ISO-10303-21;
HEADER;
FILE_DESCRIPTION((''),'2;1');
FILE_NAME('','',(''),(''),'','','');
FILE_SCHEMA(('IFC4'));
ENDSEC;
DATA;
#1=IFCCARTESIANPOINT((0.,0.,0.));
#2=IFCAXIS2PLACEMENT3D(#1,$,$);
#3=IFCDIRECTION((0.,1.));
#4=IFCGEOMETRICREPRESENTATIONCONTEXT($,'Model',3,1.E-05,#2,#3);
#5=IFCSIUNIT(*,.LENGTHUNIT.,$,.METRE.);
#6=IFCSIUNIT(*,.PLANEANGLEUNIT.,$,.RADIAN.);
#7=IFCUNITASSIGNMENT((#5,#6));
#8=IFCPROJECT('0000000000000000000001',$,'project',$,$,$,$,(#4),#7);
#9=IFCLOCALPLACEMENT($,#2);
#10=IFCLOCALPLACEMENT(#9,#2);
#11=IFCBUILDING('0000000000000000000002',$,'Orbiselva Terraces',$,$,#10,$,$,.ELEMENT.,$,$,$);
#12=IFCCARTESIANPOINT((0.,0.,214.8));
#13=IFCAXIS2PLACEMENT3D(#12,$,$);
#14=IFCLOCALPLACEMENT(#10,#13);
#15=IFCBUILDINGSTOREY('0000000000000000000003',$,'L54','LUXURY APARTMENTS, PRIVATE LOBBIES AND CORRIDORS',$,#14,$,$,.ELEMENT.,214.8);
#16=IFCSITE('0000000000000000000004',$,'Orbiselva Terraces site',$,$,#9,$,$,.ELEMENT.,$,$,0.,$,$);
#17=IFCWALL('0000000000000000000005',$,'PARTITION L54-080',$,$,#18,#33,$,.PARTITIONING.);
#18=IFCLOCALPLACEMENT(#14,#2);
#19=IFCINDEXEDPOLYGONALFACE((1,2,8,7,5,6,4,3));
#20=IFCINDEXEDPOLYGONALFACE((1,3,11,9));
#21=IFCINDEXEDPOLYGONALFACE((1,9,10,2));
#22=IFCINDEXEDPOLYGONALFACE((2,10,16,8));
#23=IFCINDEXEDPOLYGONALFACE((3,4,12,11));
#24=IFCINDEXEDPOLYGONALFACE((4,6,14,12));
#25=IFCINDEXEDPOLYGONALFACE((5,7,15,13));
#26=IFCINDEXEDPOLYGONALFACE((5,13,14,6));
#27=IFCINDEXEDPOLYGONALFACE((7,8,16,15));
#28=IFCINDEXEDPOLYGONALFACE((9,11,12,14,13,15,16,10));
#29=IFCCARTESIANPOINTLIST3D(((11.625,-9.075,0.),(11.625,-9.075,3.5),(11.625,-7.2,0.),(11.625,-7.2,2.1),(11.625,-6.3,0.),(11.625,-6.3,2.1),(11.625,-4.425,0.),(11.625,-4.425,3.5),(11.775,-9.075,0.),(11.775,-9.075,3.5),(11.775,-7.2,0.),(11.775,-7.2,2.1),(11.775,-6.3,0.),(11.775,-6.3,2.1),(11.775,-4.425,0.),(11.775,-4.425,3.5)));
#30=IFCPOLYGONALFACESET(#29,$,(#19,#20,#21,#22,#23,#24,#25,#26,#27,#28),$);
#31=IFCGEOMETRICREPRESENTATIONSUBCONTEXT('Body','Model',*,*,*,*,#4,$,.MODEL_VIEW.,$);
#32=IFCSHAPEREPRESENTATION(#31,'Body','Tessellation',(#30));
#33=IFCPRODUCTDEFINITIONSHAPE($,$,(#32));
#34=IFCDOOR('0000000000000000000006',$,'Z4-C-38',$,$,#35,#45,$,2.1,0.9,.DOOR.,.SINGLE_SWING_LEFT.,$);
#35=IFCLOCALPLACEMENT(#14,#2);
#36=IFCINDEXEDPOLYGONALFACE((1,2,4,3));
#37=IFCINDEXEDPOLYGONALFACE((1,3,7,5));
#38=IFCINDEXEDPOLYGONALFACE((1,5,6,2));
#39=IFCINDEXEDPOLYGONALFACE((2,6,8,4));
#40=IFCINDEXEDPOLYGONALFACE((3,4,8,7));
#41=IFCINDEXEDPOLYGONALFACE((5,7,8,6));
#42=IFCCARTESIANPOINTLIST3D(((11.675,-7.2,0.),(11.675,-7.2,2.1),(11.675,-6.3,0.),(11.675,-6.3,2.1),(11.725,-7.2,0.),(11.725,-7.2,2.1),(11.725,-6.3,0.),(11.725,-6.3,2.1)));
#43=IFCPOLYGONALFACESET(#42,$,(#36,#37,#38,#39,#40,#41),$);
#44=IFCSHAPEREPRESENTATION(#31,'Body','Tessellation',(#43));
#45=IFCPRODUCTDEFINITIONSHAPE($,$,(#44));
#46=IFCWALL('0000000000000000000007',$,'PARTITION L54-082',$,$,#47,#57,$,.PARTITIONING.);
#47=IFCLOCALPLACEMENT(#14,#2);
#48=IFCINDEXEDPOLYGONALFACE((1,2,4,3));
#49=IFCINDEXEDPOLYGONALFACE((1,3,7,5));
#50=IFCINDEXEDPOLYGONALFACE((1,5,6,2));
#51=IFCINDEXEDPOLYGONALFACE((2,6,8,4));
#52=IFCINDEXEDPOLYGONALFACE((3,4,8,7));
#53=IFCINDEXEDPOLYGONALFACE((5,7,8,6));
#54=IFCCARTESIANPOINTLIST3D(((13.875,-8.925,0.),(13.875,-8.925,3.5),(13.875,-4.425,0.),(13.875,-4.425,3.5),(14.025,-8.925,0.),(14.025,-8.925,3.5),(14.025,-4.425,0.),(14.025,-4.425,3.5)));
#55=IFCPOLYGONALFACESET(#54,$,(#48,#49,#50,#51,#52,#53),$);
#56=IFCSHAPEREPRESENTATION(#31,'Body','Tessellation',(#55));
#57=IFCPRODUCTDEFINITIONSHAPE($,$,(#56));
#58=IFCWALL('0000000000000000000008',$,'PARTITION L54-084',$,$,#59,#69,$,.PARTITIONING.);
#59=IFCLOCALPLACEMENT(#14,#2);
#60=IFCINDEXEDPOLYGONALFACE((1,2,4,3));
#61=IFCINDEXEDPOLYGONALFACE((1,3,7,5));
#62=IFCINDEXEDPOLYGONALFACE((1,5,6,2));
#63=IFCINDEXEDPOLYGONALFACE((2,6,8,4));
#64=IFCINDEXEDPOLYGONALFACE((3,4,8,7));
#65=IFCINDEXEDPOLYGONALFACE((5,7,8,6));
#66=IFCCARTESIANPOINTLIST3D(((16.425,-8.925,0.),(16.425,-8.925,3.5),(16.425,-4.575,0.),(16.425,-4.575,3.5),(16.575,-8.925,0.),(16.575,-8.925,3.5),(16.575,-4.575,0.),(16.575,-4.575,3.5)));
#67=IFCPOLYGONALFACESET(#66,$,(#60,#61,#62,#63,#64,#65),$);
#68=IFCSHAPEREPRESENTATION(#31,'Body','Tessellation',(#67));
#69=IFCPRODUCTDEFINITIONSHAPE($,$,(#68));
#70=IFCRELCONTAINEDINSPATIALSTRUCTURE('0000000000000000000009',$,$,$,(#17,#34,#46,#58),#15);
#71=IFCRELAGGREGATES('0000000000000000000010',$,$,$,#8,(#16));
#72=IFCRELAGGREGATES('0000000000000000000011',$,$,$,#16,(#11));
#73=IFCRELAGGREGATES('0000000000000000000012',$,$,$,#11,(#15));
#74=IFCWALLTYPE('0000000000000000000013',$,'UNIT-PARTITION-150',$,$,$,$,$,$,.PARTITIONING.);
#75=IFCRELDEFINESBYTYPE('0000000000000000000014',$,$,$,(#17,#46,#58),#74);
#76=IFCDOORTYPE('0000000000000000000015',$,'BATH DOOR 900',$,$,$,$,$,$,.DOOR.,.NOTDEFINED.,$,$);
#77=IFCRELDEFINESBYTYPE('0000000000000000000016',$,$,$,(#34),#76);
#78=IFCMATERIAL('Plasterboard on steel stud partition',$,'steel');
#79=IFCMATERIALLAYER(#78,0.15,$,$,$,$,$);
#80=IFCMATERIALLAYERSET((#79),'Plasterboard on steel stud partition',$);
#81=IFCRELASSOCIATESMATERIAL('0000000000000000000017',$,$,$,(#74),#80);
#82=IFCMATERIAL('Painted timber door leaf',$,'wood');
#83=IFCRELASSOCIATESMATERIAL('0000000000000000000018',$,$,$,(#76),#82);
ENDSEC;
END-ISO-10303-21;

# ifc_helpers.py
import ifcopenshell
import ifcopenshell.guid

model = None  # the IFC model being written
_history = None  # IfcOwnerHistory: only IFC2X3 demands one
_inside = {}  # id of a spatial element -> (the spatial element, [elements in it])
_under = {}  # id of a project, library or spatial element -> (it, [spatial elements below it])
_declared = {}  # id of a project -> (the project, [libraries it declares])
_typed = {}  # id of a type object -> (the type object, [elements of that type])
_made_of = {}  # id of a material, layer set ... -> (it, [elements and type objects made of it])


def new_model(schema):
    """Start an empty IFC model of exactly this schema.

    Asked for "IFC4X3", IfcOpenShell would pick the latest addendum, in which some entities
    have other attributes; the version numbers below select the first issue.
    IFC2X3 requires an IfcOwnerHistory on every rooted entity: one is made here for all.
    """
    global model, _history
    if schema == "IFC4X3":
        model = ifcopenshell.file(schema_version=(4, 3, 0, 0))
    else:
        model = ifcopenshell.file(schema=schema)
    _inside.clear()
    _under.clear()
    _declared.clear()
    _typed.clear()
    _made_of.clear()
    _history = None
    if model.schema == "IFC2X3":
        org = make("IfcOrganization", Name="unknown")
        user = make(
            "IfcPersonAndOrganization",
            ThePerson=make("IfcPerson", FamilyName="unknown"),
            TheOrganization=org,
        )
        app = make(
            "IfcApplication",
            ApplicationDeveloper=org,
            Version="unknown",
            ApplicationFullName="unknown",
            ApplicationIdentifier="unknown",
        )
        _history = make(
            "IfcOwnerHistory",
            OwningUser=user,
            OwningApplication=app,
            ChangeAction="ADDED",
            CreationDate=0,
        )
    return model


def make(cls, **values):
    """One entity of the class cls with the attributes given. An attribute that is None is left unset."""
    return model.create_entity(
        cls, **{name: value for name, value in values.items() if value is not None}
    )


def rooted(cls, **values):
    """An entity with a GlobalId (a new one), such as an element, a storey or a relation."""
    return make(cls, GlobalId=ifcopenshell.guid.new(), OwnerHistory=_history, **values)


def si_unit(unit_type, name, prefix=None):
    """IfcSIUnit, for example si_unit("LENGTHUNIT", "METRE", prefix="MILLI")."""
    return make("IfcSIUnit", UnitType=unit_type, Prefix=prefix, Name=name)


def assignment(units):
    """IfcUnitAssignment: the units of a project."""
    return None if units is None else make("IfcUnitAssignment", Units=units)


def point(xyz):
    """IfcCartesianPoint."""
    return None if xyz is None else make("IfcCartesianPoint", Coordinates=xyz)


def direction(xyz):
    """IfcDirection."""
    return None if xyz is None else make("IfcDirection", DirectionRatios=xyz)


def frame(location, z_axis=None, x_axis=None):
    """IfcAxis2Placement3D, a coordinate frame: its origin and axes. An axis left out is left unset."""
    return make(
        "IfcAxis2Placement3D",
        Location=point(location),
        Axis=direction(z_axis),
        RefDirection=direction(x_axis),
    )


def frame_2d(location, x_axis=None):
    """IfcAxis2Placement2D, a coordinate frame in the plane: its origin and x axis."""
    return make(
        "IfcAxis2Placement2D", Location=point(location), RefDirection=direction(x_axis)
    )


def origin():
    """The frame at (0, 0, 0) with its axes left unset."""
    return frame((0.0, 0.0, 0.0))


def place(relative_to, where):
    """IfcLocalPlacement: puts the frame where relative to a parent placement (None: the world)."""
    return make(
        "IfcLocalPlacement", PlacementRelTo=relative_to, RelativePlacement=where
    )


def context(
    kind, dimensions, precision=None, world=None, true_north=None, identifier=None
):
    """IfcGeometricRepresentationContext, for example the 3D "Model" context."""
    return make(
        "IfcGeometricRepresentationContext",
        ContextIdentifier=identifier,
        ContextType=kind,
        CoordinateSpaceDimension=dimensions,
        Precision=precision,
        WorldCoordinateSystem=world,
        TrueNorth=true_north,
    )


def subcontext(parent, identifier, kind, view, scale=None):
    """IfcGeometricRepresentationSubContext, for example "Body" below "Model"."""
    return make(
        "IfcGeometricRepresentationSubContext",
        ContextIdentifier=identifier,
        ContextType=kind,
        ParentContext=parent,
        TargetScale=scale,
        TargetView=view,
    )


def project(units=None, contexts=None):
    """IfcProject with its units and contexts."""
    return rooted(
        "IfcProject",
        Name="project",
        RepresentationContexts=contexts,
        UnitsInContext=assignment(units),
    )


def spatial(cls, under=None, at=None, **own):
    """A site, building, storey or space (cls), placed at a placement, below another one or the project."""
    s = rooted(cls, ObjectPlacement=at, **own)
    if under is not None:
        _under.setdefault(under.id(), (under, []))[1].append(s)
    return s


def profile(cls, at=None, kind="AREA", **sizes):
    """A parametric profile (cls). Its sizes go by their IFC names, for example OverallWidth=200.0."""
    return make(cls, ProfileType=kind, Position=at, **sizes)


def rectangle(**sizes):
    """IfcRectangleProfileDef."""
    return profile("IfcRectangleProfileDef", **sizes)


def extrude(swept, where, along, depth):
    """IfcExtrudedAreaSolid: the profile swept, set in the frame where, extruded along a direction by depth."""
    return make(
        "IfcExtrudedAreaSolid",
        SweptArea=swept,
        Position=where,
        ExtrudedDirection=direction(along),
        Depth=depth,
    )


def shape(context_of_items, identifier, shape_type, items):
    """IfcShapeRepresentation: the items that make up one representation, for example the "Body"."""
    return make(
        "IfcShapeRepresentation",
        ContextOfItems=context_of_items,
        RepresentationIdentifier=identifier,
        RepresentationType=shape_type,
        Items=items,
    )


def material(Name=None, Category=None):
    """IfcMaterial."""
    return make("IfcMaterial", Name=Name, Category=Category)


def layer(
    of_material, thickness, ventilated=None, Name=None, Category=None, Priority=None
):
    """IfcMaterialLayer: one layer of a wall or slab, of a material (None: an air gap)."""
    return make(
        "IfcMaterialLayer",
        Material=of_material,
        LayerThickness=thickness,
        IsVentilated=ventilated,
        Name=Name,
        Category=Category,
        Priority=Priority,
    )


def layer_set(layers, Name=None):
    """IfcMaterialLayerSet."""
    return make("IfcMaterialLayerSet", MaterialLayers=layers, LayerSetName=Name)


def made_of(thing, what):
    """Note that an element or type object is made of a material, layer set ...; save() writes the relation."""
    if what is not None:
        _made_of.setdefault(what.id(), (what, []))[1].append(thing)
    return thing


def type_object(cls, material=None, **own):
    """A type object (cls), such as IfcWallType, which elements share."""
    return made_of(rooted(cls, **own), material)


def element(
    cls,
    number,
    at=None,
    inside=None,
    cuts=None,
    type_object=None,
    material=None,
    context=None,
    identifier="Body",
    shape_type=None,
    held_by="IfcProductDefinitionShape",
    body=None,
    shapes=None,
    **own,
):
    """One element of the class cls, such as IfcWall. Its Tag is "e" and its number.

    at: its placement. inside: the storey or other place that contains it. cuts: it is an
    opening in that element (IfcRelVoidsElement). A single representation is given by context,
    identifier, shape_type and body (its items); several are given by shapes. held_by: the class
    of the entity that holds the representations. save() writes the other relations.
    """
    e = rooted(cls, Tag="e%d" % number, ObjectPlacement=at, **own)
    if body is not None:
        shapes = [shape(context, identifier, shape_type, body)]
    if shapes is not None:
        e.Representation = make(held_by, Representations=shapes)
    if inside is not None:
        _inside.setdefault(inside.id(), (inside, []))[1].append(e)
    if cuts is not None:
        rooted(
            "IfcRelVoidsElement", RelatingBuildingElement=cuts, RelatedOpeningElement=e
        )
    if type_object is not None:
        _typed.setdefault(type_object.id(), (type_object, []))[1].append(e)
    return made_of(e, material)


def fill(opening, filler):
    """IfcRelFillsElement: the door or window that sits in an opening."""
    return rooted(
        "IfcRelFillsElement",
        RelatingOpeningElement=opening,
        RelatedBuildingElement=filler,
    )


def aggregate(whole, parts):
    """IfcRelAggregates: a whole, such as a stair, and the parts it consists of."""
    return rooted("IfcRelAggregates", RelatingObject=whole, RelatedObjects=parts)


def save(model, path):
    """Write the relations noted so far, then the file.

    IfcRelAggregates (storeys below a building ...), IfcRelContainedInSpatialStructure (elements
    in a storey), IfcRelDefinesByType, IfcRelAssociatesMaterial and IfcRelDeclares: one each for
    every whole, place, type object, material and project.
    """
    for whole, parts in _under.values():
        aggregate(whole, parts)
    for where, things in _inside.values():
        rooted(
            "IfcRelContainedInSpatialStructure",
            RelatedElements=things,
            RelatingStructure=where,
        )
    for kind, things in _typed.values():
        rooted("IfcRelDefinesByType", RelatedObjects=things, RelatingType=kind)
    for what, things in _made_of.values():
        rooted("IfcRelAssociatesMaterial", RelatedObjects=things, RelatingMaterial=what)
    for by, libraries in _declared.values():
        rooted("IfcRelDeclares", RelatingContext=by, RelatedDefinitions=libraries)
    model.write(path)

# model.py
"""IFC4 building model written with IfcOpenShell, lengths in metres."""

from ifc_helpers import new_model, si_unit, direction, frame, frame_2d, origin, place, context, subcontext, project, spatial, rectangle, extrude, material, layer, layer_set, type_object, element, fill, save


model = new_model("IFC4")

# Units and contexts
model_context = context("Model", 3, precision=1e-05, world=origin(), true_north=direction((0.0, 1.0)))
body_context = subcontext(model_context, "Body", "Model", "MODEL_VIEW")
ifc_project = project(units=[si_unit("LENGTHUNIT", "METRE"), si_unit("PLANEANGLEUNIT", "RADIAN")], contexts=[model_context])

# Site, building, storey
site_placement = place(None, origin())
site = spatial("IfcSite", under=ifc_project, at=site_placement, Name="Orbiselva Terraces site", CompositionType="ELEMENT", RefElevation=0.0)
building_placement = place(site_placement, origin())
building = spatial("IfcBuilding", under=site, at=building_placement, Name="Orbiselva Terraces", CompositionType="ELEMENT")
storey_placement = place(building_placement, frame((0.0, 0.0, 214.8)))
storey = spatial("IfcBuildingStorey", under=building, at=storey_placement, Name="L54", Description="LUXURY APARTMENTS, PRIVATE LOBBIES AND CORRIDORS", CompositionType="ELEMENT", Elevation=214.8)

# Shared definitions
ifc_material_1 = material(Name="Plasterboard on steel stud partition", Category="steel")
ifc_material_2 = material(Name="Painted timber door leaf", Category="wood")

# Shared definitions
ifc_layer_1 = layer(ifc_material_1, 0.15)
ifc_layer_set_1 = layer_set([ifc_layer_1], Name="Plasterboard on steel stud partition")
wall_type_1 = type_object("IfcWallType", Name="UNIT-PARTITION-150", PredefinedType="PARTITIONING", material=ifc_layer_set_1)

# Wall, opening, door
wall_1_placement = place(storey_placement, frame((11.7, -9.075, 0.0), z_axis=(0.0, 0.0, 1.0), x_axis=(0.0, 1.0, 0.0)))
wall_1 = element("IfcWall", 1, at=wall_1_placement, inside=storey, type_object=wall_type_1, Name="PARTITION L54-080", PredefinedType="PARTITIONING", context=body_context, shape_type="SweptSolid", body=[
    extrude(rectangle(XDim=4.65, YDim=0.15, at=frame_2d((2.325, 0.0))), origin(), (0.0, 0.0, 1.0), 3.5),
])
opening_1_placement = place(wall_1_placement, frame((1.875, 0.0, 0.0)))
opening_1 = element("IfcOpeningElement", 2, at=opening_1_placement, cuts=wall_1, PredefinedType="OPENING", context=body_context, shape_type="SweptSolid", body=[
    extrude(rectangle(XDim=0.9, YDim=2.1, at=frame_2d((0.45, 1.05))), frame((0.0, 0.085, 0.0), z_axis=(0.0, -1.0, 0.0), x_axis=(1.0, 0.0, 0.0)), (0.0, 0.0, 1.0), 0.17),
])
door_type_1 = type_object("IfcDoorType", Name="BATH DOOR 900", OperationType="NOTDEFINED", PredefinedType="DOOR", material=ifc_material_2)
door_1_placement = place(opening_1_placement, origin())
door_1 = element("IfcDoor", 3, at=door_1_placement, inside=storey, type_object=door_type_1, Name="Z4-C-38", OperationType="SINGLE_SWING_LEFT", OverallHeight=2.1, OverallWidth=0.9, PredefinedType="DOOR", context=body_context, shape_type="SweptSolid", body=[
    extrude(rectangle(XDim=0.9, YDim=2.1, at=frame_2d((0.45, 1.05))), frame((0.0, 0.025, 0.0), z_axis=(0.0, -1.0, 0.0), x_axis=(1.0, 0.0, 0.0)), (0.0, 0.0, 1.0), 0.05),
])
fill(opening_1, door_1)

# Walls
wall_2_placement = place(storey_placement, frame((13.95, -8.925, 0.0), z_axis=(0.0, 0.0, 1.0), x_axis=(0.0, 1.0, 0.0)))
element("IfcWall", 4, at=wall_2_placement, inside=storey, type_object=wall_type_1, Name="PARTITION L54-082", PredefinedType="PARTITIONING", context=body_context, shape_type="SweptSolid", body=[
    extrude(rectangle(XDim=4.5, YDim=0.15, at=frame_2d((2.25, 0.0))), origin(), (0.0, 0.0, 1.0), 3.5),
])
wall_3_placement = place(storey_placement, frame((16.5, -8.925, 0.0), z_axis=(0.0, 0.0, 1.0), x_axis=(0.0, 1.0, 0.0)))
element("IfcWall", 5, at=wall_3_placement, inside=storey, type_object=wall_type_1, Name="PARTITION L54-084", PredefinedType="PARTITIONING", context=body_context, shape_type="SweptSolid", body=[
    extrude(rectangle(XDim=4.35, YDim=0.15, at=frame_2d((2.175, 0.0))), origin(), (0.0, 0.0, 1.0), 3.5),
])

save(model, "model.ifc")
